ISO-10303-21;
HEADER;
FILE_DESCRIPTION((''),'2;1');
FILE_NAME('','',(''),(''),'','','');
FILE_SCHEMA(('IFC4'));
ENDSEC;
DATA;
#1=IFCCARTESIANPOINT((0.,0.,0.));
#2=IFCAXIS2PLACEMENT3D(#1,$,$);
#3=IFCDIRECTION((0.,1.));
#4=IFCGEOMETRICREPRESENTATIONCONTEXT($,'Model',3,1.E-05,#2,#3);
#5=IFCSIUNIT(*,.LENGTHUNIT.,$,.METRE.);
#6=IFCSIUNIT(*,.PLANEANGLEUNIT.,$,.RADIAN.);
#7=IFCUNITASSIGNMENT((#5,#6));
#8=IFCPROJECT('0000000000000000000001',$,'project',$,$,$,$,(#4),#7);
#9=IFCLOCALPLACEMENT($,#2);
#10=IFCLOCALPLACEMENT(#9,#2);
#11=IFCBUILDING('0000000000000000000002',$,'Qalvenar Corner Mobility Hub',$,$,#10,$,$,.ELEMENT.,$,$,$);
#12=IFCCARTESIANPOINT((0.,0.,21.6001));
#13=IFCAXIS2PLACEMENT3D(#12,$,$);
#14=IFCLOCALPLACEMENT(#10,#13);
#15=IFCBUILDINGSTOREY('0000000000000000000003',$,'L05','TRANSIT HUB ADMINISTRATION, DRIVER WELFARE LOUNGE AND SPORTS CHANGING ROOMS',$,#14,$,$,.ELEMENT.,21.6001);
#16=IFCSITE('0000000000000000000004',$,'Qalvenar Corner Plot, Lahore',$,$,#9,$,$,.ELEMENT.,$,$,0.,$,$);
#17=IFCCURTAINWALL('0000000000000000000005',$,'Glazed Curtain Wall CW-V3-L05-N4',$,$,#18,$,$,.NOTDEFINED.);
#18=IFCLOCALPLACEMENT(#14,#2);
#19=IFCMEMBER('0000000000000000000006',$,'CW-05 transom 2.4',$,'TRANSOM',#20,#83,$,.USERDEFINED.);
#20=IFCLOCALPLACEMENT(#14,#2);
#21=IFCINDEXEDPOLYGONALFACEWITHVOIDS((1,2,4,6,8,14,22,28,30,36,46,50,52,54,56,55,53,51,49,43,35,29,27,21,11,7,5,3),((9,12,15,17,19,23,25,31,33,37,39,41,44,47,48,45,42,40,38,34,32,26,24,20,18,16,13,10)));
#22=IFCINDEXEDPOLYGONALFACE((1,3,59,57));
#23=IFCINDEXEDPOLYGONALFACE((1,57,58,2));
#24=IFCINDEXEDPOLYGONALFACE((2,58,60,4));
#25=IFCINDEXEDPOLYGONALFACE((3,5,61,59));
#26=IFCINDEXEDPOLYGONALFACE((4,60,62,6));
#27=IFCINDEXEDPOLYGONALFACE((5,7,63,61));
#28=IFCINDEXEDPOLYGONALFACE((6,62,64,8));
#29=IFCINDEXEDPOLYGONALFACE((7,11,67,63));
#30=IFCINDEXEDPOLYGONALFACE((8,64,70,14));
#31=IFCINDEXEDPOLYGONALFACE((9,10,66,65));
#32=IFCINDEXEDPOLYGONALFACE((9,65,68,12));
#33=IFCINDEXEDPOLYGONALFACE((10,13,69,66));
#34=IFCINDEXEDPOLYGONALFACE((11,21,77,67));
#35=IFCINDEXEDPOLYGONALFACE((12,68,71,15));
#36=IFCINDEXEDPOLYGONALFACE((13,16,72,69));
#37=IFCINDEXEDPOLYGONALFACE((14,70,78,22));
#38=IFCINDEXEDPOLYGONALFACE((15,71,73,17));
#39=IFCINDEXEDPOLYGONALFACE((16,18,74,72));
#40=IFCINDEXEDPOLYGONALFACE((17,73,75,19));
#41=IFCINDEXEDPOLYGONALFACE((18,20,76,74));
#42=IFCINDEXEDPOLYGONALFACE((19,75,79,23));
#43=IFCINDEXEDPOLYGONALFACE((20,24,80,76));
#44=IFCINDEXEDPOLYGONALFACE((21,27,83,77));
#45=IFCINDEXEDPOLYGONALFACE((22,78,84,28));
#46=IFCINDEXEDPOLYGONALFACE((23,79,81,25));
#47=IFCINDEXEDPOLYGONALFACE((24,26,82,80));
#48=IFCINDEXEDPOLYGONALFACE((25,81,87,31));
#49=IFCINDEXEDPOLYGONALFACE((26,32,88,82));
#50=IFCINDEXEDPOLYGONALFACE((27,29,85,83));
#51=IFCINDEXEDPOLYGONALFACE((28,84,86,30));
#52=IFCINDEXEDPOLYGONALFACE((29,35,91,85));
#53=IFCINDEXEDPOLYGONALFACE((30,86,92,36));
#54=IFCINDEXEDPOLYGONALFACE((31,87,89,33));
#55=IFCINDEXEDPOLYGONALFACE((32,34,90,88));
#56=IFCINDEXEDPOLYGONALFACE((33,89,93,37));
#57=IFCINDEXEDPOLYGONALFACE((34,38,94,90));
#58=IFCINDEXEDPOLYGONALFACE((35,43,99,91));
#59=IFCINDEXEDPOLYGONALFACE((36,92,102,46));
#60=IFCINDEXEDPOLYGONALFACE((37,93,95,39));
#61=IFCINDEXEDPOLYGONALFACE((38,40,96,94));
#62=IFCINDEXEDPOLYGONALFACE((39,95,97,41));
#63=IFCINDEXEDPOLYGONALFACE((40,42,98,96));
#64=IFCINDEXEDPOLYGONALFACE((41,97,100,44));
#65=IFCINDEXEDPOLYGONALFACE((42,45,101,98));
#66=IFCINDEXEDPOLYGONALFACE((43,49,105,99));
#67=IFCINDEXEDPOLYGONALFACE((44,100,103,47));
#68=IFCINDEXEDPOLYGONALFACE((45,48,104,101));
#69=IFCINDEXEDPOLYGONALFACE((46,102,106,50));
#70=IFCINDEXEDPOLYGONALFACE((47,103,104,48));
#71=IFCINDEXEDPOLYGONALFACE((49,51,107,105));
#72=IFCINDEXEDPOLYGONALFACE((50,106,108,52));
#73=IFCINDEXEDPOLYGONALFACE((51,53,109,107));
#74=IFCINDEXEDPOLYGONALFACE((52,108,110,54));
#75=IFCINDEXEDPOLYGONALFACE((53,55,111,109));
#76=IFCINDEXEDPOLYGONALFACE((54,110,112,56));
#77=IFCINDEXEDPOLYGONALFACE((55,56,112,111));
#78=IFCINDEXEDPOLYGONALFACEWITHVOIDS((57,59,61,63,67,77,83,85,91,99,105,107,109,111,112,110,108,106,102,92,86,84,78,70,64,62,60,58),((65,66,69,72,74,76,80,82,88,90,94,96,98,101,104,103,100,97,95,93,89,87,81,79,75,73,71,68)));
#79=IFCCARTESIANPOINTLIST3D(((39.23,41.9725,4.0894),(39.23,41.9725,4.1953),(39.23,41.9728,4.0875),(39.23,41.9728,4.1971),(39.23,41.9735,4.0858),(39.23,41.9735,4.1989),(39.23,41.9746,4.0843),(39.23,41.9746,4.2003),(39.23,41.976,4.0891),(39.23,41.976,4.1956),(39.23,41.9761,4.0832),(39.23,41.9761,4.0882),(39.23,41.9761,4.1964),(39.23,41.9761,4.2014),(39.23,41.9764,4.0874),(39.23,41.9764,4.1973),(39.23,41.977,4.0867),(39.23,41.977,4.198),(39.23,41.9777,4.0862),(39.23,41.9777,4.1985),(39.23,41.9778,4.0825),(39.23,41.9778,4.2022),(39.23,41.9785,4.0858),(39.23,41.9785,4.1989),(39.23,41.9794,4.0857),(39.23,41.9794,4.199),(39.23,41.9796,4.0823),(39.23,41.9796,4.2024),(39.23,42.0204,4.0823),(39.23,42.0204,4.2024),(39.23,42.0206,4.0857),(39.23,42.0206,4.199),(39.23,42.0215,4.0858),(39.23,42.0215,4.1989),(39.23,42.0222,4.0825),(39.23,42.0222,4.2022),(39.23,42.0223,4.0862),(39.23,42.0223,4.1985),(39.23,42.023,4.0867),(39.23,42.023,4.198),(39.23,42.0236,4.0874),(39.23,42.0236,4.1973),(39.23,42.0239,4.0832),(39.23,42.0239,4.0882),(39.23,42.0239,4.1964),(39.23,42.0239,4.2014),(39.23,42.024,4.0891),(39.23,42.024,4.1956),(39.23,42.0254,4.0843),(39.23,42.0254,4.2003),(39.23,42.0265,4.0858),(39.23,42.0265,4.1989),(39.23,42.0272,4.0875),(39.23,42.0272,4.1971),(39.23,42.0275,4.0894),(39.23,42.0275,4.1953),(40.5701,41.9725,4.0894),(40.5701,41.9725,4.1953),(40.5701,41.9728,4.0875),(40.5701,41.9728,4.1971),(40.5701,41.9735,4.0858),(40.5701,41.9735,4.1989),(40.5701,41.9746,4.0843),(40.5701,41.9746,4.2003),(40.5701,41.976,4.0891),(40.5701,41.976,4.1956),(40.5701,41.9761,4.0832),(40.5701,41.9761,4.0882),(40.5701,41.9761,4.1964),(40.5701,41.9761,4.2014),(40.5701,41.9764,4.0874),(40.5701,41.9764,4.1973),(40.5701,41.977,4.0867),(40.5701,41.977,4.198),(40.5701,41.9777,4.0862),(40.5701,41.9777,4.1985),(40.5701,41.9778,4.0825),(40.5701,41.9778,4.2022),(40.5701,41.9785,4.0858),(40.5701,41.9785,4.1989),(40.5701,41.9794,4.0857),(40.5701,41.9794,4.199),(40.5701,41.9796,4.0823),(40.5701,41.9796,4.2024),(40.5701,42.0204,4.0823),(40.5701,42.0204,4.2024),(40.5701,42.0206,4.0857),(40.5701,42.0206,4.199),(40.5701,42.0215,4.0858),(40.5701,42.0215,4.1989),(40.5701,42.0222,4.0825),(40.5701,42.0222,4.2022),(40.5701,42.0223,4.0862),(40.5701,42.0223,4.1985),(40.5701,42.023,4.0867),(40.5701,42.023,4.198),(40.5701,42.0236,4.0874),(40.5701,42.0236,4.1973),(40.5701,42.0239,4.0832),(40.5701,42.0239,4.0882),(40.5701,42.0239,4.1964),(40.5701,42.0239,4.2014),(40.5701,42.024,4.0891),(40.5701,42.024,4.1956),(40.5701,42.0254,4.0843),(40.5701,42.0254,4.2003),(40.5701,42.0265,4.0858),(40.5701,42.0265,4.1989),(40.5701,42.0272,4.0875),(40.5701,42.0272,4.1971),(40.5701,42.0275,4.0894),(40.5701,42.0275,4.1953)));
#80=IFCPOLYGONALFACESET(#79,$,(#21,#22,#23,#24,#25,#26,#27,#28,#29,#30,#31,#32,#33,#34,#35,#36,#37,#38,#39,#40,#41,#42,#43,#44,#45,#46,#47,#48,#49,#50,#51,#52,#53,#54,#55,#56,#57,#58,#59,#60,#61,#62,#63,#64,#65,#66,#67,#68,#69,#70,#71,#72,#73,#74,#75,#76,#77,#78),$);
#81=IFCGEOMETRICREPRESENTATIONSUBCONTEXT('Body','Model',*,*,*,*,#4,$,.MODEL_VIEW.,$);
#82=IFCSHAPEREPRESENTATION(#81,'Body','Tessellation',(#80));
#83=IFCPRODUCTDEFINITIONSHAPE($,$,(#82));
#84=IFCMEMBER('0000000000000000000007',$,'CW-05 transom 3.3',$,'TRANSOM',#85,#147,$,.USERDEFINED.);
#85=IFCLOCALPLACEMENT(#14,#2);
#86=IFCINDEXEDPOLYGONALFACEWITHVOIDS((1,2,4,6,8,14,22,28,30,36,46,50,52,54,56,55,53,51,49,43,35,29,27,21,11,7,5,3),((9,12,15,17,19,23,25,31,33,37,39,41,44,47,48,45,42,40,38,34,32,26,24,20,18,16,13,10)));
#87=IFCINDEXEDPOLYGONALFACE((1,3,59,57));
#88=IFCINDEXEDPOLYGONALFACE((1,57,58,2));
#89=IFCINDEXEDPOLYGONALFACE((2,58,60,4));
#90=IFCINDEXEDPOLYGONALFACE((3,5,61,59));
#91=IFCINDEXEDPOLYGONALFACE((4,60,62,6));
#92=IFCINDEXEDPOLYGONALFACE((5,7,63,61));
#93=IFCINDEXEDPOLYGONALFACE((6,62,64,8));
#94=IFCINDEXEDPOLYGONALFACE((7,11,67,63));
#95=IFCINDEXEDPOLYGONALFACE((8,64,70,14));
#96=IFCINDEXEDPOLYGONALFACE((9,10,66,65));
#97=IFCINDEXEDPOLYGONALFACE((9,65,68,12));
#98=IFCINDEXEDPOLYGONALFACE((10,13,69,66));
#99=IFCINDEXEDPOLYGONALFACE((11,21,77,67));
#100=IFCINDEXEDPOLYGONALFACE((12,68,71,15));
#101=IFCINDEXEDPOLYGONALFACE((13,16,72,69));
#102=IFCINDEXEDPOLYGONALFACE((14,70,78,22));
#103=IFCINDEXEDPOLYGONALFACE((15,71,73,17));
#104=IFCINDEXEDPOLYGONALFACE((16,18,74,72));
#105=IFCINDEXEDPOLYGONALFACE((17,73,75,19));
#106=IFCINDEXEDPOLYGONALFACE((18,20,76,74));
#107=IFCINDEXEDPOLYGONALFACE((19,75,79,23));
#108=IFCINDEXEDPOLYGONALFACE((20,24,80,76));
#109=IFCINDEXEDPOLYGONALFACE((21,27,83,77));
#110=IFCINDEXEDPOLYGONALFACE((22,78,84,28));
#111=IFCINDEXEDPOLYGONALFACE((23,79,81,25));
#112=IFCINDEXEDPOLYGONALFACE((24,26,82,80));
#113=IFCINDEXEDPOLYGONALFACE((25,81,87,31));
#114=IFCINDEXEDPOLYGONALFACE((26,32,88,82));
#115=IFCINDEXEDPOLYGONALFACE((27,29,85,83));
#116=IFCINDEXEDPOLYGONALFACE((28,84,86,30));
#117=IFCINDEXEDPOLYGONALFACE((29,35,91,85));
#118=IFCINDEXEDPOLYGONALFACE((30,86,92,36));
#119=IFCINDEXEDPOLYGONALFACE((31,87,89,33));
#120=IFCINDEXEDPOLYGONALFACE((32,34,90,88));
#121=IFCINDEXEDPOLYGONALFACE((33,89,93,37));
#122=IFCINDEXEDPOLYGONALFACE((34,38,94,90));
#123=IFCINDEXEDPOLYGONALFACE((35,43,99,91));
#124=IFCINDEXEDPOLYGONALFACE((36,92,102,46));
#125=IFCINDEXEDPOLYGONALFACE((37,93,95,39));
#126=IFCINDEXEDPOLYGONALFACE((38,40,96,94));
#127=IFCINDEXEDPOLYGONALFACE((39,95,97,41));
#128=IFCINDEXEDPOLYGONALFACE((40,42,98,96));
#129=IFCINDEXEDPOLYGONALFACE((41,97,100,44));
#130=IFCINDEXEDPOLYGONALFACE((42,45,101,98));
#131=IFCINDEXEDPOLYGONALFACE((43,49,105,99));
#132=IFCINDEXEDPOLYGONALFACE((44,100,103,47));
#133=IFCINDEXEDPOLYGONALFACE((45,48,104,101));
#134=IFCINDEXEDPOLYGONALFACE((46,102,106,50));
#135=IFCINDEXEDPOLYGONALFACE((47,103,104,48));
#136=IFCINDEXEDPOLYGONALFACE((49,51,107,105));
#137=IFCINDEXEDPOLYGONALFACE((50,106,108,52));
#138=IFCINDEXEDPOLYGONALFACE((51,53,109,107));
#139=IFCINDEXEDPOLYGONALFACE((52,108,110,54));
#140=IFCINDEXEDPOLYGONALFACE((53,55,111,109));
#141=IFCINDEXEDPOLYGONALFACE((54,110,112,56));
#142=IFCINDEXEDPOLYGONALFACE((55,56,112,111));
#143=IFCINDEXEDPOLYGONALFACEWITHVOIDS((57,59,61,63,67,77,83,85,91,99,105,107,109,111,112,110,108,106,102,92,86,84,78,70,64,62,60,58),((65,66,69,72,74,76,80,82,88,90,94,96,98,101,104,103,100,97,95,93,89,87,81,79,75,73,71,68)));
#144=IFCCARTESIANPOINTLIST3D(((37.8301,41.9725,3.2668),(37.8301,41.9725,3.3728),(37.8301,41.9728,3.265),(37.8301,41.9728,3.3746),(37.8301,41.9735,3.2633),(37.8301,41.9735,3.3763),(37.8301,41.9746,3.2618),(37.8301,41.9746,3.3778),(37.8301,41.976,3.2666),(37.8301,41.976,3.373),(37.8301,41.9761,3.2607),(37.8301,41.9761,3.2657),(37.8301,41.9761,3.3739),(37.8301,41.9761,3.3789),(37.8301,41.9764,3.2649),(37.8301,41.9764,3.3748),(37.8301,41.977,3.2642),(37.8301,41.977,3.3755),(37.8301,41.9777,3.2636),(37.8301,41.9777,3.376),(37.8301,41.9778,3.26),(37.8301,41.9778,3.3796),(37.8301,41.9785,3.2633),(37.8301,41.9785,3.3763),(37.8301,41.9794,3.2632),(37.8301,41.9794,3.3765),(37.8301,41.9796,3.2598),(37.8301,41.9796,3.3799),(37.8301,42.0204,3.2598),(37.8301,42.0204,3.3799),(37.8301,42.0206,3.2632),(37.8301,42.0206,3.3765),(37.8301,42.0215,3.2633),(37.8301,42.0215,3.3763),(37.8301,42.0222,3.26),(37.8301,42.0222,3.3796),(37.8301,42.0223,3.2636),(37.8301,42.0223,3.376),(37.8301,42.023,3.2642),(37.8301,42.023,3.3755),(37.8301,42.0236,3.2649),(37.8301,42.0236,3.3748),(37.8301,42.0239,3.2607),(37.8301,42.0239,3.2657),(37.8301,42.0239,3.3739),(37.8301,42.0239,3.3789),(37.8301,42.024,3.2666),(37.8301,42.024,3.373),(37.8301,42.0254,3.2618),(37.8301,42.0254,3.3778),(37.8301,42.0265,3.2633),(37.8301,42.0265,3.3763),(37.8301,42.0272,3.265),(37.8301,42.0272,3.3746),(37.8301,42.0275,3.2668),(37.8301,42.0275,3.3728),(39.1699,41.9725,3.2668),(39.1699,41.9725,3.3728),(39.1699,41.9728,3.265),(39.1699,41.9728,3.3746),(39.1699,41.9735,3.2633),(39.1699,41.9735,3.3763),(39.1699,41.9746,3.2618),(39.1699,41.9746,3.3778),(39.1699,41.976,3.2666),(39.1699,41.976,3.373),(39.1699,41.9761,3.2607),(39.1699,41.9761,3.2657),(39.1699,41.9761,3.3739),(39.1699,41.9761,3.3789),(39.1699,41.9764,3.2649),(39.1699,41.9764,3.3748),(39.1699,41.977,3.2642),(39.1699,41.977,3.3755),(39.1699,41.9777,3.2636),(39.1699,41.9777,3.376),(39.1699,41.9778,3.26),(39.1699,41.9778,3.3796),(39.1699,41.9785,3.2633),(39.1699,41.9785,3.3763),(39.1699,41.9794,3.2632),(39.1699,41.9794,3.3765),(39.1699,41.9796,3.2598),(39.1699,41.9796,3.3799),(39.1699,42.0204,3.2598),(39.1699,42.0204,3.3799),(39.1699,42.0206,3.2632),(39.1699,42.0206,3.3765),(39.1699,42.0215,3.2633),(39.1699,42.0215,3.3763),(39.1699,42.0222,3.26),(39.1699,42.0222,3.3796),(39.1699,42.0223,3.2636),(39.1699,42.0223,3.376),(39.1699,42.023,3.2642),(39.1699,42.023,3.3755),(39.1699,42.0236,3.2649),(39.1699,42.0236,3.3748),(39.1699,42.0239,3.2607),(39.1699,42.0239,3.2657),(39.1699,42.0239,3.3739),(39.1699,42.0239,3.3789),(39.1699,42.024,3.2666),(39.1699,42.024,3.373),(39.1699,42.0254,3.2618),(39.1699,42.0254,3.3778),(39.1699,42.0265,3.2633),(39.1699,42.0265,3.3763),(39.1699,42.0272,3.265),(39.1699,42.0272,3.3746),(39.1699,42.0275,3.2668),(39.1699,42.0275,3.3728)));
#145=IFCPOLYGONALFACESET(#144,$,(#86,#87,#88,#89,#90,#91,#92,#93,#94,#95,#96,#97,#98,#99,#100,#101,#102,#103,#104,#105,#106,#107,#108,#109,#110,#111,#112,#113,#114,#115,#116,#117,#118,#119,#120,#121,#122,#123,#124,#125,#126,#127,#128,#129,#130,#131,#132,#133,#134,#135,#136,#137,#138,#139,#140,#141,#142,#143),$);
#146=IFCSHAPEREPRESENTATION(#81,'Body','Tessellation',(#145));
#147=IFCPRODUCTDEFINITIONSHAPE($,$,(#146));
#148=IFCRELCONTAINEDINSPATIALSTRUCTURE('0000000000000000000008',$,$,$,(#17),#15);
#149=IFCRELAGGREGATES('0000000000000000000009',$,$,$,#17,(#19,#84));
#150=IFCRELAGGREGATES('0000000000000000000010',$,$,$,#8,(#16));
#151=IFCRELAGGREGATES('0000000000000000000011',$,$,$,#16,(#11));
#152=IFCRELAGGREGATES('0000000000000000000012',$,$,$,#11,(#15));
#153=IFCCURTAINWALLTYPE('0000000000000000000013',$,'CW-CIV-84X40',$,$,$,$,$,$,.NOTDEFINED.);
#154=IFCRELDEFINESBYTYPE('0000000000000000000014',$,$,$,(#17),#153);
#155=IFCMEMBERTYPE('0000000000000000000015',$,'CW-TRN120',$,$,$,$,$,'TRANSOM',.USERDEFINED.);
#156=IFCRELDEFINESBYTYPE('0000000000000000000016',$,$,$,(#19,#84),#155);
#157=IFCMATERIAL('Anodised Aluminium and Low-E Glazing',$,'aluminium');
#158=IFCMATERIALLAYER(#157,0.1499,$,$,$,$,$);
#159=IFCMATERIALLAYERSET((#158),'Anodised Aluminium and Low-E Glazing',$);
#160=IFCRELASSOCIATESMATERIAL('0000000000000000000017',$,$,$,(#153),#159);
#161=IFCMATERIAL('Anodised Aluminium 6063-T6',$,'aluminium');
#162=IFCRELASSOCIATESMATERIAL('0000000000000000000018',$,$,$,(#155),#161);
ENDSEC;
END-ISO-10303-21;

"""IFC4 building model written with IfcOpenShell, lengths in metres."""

from ifc_helpers import new_model, si_unit, direction, frame, origin, origin_2d, place, context, subcontext, project, spatial, hollow_rectangle, extrude, material, layer, layer_set, material_profile, profile_set, type_object, element, aggregate, save


model = new_model("IFC4")

# Units and contexts
model_context = context("Model", 3, precision=1e-05, world=origin(), true_north=direction((0.0, 1.0)))
body_context = subcontext(model_context, "Body", "Model", "MODEL_VIEW")
ifc_project = project(units=[si_unit("LENGTHUNIT", "METRE"), si_unit("PLANEANGLEUNIT", "RADIAN")], contexts=[model_context])

# Site, building, storey
site_placement = place(None, origin())
site = spatial("IfcSite", under=ifc_project, at=site_placement, Name="Qalvenar Corner Plot, Lahore", CompositionType="ELEMENT", RefElevation=0.0)
building_placement = place(site_placement, origin())
building = spatial("IfcBuilding", under=site, at=building_placement, Name="Qalvenar Corner Mobility Hub", CompositionType="ELEMENT")
storey_placement = place(building_placement, frame((0.0, 0.0, 21.6001)))
storey = spatial("IfcBuildingStorey", under=building, at=storey_placement, Name="L05", Description="TRANSIT HUB ADMINISTRATION, DRIVER WELFARE LOUNGE AND SPORTS CHANGING ROOMS", CompositionType="ELEMENT", Elevation=21.6001)

# Curtain wall, members
ifc_material_1 = material(Name="Anodised Aluminium and Low-E Glazing", Category="aluminium")
ifc_layer_1 = layer(ifc_material_1, 0.1499)
ifc_layer_set_1 = layer_set([ifc_layer_1], Name="Anodised Aluminium and Low-E Glazing")
curtain_wall_type = type_object("IfcCurtainWallType", Name="CW-CIV-84X40", PredefinedType="NOTDEFINED", material=ifc_layer_set_1)
curtain_wall_placement = place(storey_placement, origin())
curtain_wall = element("IfcCurtainWall", 1, at=curtain_wall_placement, inside=storey, type_object=curtain_wall_type, Name="Glazed Curtain Wall CW-V3-L05-N4", PredefinedType="NOTDEFINED")
ifc_material_2 = material(Name="Anodised Aluminium 6063-T6", Category="aluminium")
ifc_material_profile_1 = material_profile(ifc_material_2, hollow_rectangle(XDim=0.0549, YDim=0.1201, WallThickness=0.0034, InnerFilletRadius=0.0034, OuterFilletRadius=0.0071, at=origin_2d()), Name="RHS120x55x3.5")
ifc_profile_set_1 = profile_set([ifc_material_profile_1], Name="Anodised Aluminium 6063-T6")
member_type_1 = type_object("IfcMemberType", Name="CW-TRN120", ElementType="TRANSOM", PredefinedType="USERDEFINED", material=ifc_profile_set_1)
member_1_placement = place(storey_placement, frame((40.5701, 42.0, 4.1423), z_axis=(-1.0, 0.0, 0.0), x_axis=(0.0, -1.0, 0.0)))
member_1 = element("IfcMember", 2, at=member_1_placement, type_object=member_type_1, Name="CW-05 transom 2.4", ObjectType="TRANSOM", PredefinedType="USERDEFINED", context=body_context, shape_type="SweptSolid", body=[
    extrude(hollow_rectangle(XDim=0.0549, YDim=0.1201, WallThickness=0.0034, InnerFilletRadius=0.0034, OuterFilletRadius=0.0071, at=origin_2d()), origin(), (0.0, 0.0, 1.0), 1.3401),
])
member_2_placement = place(storey_placement, frame((39.1699, 42.0, 3.3198), z_axis=(-1.0, 0.0, 0.0), x_axis=(0.0, -1.0, 0.0)))
member_2 = element("IfcMember", 3, at=member_2_placement, type_object=member_type_1, Name="CW-05 transom 3.3", ObjectType="TRANSOM", PredefinedType="USERDEFINED", context=body_context, shape_type="SweptSolid", body=[
    extrude(hollow_rectangle(XDim=0.0549, YDim=0.1201, WallThickness=0.0034, InnerFilletRadius=0.0034, OuterFilletRadius=0.0071, at=origin_2d()), origin(), (0.0, 0.0, 1.0), 1.3398),
])
aggregate(curtain_wall, [member_1, member_2])

save(model, "model.ifc")
